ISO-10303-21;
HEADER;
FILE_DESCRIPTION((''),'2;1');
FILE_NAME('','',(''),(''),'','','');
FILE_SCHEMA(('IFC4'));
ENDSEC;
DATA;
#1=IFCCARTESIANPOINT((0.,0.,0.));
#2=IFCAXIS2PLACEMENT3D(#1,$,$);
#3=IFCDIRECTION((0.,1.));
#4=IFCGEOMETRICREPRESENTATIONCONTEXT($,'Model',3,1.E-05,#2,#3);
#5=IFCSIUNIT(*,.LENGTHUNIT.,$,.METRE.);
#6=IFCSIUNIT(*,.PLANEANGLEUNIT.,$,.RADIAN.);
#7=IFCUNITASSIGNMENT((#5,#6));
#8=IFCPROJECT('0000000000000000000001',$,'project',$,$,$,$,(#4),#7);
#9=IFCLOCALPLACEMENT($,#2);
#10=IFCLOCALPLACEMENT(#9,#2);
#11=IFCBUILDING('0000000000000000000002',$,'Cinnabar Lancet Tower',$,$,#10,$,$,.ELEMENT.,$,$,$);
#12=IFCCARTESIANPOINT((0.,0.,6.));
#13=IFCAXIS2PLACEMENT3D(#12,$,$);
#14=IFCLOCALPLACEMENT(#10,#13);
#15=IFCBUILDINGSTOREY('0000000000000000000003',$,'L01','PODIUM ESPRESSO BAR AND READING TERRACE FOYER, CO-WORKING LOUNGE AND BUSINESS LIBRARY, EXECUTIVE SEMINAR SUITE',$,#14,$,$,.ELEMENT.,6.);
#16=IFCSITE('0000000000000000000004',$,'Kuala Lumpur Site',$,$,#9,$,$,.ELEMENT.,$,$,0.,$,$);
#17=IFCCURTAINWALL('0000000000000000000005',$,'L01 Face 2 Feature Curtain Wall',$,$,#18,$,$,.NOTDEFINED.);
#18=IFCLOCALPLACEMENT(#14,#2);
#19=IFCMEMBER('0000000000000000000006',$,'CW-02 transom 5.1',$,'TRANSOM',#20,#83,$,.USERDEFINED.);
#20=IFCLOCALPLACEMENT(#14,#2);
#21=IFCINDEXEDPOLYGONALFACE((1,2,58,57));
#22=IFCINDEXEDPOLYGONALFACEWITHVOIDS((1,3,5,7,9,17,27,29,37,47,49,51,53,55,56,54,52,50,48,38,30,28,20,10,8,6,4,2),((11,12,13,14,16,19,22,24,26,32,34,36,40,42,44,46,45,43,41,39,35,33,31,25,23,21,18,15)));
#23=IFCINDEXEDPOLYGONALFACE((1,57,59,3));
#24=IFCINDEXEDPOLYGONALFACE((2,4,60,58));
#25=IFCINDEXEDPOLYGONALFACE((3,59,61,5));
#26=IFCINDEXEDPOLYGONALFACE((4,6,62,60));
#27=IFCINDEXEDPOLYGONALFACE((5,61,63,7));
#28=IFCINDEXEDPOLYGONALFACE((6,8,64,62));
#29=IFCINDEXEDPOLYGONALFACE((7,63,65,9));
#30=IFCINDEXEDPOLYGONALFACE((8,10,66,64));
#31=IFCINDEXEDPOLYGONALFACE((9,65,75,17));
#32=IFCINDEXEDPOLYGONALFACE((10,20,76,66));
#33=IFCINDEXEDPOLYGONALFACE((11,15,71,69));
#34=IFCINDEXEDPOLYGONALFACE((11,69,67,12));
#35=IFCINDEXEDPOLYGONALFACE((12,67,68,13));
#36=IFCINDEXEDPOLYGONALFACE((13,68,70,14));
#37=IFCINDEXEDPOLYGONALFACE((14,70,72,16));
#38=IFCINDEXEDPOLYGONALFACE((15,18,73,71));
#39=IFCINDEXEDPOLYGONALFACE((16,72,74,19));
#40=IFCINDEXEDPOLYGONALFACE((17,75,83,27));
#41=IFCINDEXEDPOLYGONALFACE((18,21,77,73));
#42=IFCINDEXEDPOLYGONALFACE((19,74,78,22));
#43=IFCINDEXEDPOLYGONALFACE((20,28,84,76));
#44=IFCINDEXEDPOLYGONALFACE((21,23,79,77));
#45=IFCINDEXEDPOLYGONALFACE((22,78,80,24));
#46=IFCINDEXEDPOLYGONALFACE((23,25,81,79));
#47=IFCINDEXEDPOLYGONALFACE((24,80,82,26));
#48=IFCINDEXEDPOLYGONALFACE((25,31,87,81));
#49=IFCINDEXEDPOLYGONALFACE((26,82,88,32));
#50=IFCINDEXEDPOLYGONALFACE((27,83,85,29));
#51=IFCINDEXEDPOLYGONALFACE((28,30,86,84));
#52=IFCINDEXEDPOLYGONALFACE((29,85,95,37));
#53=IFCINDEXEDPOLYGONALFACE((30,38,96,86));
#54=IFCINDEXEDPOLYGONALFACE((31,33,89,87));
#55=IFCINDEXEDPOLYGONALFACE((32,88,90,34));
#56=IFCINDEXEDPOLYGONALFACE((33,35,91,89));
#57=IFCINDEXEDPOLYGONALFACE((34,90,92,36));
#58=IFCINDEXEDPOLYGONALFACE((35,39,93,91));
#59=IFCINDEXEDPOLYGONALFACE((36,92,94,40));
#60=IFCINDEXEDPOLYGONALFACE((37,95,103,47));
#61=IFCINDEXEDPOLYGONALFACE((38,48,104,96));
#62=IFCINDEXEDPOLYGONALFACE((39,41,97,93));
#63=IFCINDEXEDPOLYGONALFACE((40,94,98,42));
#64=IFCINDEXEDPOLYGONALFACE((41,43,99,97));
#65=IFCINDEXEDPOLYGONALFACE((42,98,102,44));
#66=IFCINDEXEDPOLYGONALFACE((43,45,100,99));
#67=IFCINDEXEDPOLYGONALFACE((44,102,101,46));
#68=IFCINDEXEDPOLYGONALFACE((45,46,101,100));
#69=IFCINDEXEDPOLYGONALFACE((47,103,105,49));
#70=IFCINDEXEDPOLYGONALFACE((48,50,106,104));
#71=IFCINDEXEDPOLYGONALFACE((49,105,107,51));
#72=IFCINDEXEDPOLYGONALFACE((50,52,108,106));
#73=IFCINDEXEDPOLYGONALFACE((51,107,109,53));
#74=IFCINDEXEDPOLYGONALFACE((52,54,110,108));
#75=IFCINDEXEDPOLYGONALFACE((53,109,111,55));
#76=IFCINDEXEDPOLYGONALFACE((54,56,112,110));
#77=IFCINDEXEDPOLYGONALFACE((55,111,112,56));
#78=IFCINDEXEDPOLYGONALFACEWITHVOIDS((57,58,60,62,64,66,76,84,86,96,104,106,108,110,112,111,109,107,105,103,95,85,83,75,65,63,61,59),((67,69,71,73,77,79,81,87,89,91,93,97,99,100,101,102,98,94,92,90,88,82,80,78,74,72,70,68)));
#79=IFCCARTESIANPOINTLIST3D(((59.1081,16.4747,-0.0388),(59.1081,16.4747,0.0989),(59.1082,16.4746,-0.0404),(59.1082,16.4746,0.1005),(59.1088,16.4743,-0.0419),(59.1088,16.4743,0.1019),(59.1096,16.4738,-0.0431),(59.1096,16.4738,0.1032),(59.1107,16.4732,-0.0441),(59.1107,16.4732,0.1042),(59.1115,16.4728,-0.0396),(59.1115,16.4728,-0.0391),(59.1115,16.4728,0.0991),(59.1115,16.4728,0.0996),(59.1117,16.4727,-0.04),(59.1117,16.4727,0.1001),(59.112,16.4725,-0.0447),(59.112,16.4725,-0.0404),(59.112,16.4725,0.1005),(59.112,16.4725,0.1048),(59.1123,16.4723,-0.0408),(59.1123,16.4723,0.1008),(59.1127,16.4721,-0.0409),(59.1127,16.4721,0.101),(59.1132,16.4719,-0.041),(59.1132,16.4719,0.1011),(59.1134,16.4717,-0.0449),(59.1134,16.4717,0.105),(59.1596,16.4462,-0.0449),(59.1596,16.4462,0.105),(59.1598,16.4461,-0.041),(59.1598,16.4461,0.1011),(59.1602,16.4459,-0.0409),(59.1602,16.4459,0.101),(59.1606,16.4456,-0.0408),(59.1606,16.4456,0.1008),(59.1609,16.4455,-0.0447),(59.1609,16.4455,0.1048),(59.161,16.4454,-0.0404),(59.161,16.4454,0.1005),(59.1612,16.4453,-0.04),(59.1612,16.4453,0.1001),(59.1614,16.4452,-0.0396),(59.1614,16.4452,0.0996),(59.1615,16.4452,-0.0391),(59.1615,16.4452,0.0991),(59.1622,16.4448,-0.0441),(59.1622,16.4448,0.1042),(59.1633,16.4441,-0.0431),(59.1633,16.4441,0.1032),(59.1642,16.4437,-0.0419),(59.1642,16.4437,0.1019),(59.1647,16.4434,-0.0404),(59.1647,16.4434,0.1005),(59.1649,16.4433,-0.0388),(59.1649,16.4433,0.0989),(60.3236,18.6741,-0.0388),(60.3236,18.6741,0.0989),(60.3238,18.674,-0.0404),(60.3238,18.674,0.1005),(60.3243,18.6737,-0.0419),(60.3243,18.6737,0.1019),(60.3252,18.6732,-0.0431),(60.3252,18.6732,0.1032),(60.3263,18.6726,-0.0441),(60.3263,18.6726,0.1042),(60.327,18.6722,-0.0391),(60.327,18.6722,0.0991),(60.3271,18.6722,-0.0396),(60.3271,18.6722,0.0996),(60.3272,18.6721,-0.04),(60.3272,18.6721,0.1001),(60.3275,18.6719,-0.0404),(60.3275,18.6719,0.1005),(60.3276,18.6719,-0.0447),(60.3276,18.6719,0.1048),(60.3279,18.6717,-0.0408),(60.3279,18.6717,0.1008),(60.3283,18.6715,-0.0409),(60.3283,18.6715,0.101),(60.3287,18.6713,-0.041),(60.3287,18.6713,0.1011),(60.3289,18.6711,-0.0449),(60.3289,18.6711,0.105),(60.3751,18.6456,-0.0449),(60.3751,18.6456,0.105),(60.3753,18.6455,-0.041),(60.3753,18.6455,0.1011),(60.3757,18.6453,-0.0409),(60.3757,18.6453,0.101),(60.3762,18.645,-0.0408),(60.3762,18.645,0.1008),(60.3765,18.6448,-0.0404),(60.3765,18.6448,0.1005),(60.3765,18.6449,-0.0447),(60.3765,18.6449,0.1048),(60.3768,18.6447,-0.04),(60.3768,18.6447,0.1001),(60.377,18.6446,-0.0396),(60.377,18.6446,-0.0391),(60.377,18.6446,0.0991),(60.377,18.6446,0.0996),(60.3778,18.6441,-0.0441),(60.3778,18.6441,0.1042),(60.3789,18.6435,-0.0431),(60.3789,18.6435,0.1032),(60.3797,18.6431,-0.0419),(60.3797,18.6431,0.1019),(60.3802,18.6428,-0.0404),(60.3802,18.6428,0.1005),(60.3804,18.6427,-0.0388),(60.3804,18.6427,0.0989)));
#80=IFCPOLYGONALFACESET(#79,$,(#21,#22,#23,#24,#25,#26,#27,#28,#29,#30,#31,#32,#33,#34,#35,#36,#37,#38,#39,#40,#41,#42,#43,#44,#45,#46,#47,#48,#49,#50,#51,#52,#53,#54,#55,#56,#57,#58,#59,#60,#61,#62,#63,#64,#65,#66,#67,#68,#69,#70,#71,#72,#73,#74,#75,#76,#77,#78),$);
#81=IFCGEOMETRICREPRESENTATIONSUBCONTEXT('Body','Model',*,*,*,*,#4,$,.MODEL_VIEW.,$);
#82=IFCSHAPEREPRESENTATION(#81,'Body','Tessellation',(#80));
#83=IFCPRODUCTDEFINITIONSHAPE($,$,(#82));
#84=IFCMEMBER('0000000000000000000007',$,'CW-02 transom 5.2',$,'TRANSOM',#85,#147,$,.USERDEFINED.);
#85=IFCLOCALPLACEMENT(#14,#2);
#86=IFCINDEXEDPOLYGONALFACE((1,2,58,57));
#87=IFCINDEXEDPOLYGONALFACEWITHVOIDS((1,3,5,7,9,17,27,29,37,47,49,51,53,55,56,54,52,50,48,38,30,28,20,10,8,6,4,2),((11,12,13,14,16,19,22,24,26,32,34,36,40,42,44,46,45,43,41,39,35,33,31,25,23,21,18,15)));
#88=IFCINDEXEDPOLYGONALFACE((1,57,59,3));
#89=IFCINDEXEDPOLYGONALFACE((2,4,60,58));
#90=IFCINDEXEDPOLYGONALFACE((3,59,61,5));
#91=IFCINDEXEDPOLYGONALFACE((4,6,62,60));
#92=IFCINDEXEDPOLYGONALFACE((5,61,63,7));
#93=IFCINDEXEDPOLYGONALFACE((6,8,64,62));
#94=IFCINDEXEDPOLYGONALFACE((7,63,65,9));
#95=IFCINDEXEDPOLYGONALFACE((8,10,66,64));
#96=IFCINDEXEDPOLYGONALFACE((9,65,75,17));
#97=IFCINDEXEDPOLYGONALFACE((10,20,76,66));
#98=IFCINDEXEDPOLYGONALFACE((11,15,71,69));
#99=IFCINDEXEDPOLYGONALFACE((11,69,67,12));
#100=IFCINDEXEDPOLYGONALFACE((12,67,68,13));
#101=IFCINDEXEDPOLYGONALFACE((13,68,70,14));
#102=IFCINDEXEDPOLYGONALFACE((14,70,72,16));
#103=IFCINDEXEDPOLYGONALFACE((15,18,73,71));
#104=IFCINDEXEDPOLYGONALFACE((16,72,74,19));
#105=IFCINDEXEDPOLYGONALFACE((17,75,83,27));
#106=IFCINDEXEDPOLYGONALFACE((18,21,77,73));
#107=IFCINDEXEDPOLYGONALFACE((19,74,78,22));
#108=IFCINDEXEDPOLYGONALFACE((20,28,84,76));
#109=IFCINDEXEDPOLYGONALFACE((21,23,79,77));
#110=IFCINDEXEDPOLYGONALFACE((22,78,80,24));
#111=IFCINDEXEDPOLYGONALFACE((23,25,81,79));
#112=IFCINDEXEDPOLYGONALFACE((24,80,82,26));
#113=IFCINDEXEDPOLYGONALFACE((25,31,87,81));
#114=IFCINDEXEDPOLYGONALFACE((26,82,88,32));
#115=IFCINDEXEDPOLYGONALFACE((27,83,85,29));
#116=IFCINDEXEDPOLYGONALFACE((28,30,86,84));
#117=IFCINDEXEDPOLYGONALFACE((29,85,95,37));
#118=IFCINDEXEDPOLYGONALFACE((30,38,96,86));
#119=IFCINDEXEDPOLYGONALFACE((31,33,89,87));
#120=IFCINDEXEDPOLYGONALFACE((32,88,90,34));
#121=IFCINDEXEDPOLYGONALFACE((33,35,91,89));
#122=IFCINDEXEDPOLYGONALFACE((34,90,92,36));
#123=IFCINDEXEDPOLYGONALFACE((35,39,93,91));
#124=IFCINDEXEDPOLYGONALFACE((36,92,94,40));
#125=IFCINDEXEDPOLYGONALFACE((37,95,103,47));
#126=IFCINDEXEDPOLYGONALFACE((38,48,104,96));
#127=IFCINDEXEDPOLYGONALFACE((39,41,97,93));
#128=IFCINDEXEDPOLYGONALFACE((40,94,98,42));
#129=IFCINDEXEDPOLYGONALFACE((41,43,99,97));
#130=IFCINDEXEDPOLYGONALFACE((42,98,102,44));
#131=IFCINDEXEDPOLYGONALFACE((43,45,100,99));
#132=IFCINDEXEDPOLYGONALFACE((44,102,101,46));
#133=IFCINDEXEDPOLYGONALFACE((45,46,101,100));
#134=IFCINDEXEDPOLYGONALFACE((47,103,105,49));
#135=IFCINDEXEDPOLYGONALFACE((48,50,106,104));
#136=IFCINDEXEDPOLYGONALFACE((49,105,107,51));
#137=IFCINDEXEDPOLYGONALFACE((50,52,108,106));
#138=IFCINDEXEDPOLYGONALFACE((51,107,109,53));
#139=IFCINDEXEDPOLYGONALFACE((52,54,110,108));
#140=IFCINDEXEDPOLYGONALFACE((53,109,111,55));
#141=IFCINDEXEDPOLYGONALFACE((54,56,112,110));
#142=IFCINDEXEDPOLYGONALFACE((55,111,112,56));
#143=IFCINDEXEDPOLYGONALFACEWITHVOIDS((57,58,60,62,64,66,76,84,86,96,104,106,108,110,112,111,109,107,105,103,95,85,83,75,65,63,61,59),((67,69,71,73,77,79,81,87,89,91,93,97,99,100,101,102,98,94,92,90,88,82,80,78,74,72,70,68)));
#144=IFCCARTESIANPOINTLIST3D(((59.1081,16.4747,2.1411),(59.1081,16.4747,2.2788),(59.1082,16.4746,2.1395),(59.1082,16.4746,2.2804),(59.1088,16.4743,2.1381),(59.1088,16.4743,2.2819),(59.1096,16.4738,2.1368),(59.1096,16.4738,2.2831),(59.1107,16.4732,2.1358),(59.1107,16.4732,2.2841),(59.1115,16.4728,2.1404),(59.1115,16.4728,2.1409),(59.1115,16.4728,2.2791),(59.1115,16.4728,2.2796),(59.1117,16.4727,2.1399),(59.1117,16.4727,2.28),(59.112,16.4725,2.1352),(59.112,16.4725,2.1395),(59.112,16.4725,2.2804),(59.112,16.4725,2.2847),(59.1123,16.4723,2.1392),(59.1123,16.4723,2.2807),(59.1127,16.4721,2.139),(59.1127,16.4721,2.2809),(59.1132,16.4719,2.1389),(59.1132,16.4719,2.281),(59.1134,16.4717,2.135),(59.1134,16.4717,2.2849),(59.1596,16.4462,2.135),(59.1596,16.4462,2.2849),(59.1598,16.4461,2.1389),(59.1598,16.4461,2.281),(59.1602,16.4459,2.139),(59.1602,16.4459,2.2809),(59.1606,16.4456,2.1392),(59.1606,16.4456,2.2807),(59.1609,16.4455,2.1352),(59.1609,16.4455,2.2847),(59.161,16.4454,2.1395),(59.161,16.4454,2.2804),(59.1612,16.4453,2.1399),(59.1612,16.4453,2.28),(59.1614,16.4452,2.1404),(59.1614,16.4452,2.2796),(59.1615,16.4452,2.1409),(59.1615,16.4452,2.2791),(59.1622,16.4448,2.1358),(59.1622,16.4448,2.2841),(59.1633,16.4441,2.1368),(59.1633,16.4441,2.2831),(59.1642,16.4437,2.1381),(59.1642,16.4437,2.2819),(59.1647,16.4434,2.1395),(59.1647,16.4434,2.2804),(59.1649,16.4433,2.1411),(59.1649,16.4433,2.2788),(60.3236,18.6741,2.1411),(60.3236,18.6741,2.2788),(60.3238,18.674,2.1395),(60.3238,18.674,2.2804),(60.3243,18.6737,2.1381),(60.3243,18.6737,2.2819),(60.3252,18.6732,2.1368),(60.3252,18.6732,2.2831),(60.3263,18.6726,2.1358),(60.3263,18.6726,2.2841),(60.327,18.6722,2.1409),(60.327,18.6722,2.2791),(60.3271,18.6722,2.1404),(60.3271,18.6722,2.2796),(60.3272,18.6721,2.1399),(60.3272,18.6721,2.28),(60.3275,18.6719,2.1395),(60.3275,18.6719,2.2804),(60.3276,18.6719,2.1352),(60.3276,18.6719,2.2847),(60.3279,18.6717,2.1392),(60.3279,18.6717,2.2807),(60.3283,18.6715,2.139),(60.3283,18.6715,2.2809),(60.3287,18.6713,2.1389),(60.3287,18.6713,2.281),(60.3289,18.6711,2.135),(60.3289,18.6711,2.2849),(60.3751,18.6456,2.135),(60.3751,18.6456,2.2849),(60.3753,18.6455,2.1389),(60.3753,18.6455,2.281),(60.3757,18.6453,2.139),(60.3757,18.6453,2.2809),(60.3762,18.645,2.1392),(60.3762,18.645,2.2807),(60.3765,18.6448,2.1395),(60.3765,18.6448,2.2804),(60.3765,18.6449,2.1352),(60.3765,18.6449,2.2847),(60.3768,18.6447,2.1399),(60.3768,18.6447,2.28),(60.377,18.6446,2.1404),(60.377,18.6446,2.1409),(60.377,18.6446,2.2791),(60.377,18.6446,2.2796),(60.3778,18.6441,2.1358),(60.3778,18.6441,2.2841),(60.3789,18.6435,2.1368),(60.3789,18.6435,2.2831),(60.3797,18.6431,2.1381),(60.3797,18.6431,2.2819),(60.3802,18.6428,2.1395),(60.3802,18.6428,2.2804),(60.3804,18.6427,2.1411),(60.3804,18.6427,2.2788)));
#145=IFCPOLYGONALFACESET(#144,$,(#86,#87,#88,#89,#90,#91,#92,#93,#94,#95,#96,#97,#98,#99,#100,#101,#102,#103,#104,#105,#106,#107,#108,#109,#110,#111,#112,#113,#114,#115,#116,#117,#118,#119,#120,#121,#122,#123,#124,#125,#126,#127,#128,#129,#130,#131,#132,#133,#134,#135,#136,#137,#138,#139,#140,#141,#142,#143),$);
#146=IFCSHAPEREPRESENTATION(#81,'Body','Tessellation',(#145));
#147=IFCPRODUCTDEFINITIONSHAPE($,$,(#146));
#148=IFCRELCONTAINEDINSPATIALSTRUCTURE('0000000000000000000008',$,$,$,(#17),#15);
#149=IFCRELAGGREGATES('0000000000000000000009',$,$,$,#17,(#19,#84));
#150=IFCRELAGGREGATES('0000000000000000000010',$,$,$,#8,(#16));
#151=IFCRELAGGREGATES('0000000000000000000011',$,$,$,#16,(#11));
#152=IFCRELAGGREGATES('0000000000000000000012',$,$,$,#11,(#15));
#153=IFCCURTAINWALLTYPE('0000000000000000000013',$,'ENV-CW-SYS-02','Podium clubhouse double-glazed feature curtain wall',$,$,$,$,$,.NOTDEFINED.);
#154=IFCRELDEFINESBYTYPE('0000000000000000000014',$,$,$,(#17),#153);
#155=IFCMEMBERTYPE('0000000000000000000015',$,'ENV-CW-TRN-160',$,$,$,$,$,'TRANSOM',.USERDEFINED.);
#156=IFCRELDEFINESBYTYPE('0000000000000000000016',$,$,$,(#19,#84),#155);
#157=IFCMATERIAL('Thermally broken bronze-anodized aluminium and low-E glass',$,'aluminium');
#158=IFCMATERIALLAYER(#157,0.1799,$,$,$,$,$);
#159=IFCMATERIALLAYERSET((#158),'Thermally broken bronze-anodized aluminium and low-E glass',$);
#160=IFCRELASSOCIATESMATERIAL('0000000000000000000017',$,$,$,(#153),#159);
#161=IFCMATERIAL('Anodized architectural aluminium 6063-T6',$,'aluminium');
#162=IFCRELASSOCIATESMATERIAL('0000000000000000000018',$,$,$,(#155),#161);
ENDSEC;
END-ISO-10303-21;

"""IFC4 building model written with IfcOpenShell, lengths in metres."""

from ifc_helpers import new_model, si_unit, direction, frame, origin, origin_2d, place, context, subcontext, project, spatial, hollow_rectangle, extrude, material, layer, layer_set, material_profile, profile_set, type_object, element, aggregate, save


model = new_model("IFC4")

# Units and contexts
model_context = context("Model", 3, precision=1e-05, world=origin(), true_north=direction((0.0, 1.0)))
body_context = subcontext(model_context, "Body", "Model", "MODEL_VIEW")
ifc_project = project(units=[si_unit("LENGTHUNIT", "METRE"), si_unit("PLANEANGLEUNIT", "RADIAN")], contexts=[model_context])

# Site, building, storey
site_placement = place(None, origin())
site = spatial("IfcSite", under=ifc_project, at=site_placement, Name="Kuala Lumpur Site", CompositionType="ELEMENT", RefElevation=0.0)
building_placement = place(site_placement, origin())
building = spatial("IfcBuilding", under=site, at=building_placement, Name="Cinnabar Lancet Tower", CompositionType="ELEMENT")
storey_placement = place(building_placement, frame((0.0, 0.0, 6.0)))
storey = spatial("IfcBuildingStorey", under=building, at=storey_placement, Name="L01", Description="PODIUM ESPRESSO BAR AND READING TERRACE FOYER, CO-WORKING LOUNGE AND BUSINESS LIBRARY, EXECUTIVE SEMINAR SUITE", CompositionType="ELEMENT", Elevation=6.0)

# Curtain wall, members
ifc_material_1 = material(Name="Thermally broken bronze-anodized aluminium and low-E glass", Category="aluminium")
ifc_layer_1 = layer(ifc_material_1, 0.1799)
ifc_layer_set_1 = layer_set([ifc_layer_1], Name="Thermally broken bronze-anodized aluminium and low-E glass")
curtain_wall_type = type_object("IfcCurtainWallType", Name="ENV-CW-SYS-02", Description="Podium clubhouse double-glazed feature curtain wall", PredefinedType="NOTDEFINED", material=ifc_layer_set_1)
curtain_wall_placement = place(storey_placement, origin())
curtain_wall = element("IfcCurtainWall", 1, at=curtain_wall_placement, inside=storey, type_object=curtain_wall_type, Name="L01 Face 2 Feature Curtain Wall", PredefinedType="NOTDEFINED")
ifc_material_2 = material(Name="Anodized architectural aluminium 6063-T6", Category="aluminium")
ifc_material_profile_1 = material_profile(ifc_material_2, hollow_rectangle(XDim=0.0649, YDim=0.1499, WallThickness=0.0039, InnerFilletRadius=0.002, OuterFilletRadius=0.0061, at=origin_2d()), Name="CW-TRN 150x65x4")
ifc_profile_set_1 = profile_set([ifc_material_profile_1], Name="Anodized architectural aluminium 6063-T6")
member_type_1 = type_object("IfcMemberType", Name="ENV-CW-TRN-160", ElementType="TRANSOM", PredefinedType="USERDEFINED", material=ifc_profile_set_1)
member_1_placement = place(storey_placement, frame((59.1365, 16.459, 0.03), z_axis=(0.483712, 0.875227, 0.0), x_axis=(-0.875227, 0.483712, 0.0)))
member_1 = element("IfcMember", 2, at=member_1_placement, type_object=member_type_1, Name="CW-02 transom 5.1", ObjectType="TRANSOM", PredefinedType="USERDEFINED", context=body_context, shape_type="SweptSolid", body=[
    extrude(hollow_rectangle(XDim=0.0649, YDim=0.1499, WallThickness=0.0039, InnerFilletRadius=0.002, OuterFilletRadius=0.0061, at=origin_2d()), origin(), (0.0, 0.0, 1.0), 2.5129),
])
member_2_placement = place(storey_placement, frame((59.1365, 16.459, 2.21), z_axis=(0.483712, 0.875227, 0.0), x_axis=(-0.875227, 0.483712, 0.0)))
member_2 = element("IfcMember", 3, at=member_2_placement, type_object=member_type_1, Name="CW-02 transom 5.2", ObjectType="TRANSOM", PredefinedType="USERDEFINED", context=body_context, shape_type="SweptSolid", body=[
    extrude(hollow_rectangle(XDim=0.0649, YDim=0.1499, WallThickness=0.0039, InnerFilletRadius=0.002, OuterFilletRadius=0.0061, at=origin_2d()), origin(), (0.0, 0.0, 1.0), 2.5129),
])
aggregate(curtain_wall, [member_1, member_2])

save(model, "model.ifc")
